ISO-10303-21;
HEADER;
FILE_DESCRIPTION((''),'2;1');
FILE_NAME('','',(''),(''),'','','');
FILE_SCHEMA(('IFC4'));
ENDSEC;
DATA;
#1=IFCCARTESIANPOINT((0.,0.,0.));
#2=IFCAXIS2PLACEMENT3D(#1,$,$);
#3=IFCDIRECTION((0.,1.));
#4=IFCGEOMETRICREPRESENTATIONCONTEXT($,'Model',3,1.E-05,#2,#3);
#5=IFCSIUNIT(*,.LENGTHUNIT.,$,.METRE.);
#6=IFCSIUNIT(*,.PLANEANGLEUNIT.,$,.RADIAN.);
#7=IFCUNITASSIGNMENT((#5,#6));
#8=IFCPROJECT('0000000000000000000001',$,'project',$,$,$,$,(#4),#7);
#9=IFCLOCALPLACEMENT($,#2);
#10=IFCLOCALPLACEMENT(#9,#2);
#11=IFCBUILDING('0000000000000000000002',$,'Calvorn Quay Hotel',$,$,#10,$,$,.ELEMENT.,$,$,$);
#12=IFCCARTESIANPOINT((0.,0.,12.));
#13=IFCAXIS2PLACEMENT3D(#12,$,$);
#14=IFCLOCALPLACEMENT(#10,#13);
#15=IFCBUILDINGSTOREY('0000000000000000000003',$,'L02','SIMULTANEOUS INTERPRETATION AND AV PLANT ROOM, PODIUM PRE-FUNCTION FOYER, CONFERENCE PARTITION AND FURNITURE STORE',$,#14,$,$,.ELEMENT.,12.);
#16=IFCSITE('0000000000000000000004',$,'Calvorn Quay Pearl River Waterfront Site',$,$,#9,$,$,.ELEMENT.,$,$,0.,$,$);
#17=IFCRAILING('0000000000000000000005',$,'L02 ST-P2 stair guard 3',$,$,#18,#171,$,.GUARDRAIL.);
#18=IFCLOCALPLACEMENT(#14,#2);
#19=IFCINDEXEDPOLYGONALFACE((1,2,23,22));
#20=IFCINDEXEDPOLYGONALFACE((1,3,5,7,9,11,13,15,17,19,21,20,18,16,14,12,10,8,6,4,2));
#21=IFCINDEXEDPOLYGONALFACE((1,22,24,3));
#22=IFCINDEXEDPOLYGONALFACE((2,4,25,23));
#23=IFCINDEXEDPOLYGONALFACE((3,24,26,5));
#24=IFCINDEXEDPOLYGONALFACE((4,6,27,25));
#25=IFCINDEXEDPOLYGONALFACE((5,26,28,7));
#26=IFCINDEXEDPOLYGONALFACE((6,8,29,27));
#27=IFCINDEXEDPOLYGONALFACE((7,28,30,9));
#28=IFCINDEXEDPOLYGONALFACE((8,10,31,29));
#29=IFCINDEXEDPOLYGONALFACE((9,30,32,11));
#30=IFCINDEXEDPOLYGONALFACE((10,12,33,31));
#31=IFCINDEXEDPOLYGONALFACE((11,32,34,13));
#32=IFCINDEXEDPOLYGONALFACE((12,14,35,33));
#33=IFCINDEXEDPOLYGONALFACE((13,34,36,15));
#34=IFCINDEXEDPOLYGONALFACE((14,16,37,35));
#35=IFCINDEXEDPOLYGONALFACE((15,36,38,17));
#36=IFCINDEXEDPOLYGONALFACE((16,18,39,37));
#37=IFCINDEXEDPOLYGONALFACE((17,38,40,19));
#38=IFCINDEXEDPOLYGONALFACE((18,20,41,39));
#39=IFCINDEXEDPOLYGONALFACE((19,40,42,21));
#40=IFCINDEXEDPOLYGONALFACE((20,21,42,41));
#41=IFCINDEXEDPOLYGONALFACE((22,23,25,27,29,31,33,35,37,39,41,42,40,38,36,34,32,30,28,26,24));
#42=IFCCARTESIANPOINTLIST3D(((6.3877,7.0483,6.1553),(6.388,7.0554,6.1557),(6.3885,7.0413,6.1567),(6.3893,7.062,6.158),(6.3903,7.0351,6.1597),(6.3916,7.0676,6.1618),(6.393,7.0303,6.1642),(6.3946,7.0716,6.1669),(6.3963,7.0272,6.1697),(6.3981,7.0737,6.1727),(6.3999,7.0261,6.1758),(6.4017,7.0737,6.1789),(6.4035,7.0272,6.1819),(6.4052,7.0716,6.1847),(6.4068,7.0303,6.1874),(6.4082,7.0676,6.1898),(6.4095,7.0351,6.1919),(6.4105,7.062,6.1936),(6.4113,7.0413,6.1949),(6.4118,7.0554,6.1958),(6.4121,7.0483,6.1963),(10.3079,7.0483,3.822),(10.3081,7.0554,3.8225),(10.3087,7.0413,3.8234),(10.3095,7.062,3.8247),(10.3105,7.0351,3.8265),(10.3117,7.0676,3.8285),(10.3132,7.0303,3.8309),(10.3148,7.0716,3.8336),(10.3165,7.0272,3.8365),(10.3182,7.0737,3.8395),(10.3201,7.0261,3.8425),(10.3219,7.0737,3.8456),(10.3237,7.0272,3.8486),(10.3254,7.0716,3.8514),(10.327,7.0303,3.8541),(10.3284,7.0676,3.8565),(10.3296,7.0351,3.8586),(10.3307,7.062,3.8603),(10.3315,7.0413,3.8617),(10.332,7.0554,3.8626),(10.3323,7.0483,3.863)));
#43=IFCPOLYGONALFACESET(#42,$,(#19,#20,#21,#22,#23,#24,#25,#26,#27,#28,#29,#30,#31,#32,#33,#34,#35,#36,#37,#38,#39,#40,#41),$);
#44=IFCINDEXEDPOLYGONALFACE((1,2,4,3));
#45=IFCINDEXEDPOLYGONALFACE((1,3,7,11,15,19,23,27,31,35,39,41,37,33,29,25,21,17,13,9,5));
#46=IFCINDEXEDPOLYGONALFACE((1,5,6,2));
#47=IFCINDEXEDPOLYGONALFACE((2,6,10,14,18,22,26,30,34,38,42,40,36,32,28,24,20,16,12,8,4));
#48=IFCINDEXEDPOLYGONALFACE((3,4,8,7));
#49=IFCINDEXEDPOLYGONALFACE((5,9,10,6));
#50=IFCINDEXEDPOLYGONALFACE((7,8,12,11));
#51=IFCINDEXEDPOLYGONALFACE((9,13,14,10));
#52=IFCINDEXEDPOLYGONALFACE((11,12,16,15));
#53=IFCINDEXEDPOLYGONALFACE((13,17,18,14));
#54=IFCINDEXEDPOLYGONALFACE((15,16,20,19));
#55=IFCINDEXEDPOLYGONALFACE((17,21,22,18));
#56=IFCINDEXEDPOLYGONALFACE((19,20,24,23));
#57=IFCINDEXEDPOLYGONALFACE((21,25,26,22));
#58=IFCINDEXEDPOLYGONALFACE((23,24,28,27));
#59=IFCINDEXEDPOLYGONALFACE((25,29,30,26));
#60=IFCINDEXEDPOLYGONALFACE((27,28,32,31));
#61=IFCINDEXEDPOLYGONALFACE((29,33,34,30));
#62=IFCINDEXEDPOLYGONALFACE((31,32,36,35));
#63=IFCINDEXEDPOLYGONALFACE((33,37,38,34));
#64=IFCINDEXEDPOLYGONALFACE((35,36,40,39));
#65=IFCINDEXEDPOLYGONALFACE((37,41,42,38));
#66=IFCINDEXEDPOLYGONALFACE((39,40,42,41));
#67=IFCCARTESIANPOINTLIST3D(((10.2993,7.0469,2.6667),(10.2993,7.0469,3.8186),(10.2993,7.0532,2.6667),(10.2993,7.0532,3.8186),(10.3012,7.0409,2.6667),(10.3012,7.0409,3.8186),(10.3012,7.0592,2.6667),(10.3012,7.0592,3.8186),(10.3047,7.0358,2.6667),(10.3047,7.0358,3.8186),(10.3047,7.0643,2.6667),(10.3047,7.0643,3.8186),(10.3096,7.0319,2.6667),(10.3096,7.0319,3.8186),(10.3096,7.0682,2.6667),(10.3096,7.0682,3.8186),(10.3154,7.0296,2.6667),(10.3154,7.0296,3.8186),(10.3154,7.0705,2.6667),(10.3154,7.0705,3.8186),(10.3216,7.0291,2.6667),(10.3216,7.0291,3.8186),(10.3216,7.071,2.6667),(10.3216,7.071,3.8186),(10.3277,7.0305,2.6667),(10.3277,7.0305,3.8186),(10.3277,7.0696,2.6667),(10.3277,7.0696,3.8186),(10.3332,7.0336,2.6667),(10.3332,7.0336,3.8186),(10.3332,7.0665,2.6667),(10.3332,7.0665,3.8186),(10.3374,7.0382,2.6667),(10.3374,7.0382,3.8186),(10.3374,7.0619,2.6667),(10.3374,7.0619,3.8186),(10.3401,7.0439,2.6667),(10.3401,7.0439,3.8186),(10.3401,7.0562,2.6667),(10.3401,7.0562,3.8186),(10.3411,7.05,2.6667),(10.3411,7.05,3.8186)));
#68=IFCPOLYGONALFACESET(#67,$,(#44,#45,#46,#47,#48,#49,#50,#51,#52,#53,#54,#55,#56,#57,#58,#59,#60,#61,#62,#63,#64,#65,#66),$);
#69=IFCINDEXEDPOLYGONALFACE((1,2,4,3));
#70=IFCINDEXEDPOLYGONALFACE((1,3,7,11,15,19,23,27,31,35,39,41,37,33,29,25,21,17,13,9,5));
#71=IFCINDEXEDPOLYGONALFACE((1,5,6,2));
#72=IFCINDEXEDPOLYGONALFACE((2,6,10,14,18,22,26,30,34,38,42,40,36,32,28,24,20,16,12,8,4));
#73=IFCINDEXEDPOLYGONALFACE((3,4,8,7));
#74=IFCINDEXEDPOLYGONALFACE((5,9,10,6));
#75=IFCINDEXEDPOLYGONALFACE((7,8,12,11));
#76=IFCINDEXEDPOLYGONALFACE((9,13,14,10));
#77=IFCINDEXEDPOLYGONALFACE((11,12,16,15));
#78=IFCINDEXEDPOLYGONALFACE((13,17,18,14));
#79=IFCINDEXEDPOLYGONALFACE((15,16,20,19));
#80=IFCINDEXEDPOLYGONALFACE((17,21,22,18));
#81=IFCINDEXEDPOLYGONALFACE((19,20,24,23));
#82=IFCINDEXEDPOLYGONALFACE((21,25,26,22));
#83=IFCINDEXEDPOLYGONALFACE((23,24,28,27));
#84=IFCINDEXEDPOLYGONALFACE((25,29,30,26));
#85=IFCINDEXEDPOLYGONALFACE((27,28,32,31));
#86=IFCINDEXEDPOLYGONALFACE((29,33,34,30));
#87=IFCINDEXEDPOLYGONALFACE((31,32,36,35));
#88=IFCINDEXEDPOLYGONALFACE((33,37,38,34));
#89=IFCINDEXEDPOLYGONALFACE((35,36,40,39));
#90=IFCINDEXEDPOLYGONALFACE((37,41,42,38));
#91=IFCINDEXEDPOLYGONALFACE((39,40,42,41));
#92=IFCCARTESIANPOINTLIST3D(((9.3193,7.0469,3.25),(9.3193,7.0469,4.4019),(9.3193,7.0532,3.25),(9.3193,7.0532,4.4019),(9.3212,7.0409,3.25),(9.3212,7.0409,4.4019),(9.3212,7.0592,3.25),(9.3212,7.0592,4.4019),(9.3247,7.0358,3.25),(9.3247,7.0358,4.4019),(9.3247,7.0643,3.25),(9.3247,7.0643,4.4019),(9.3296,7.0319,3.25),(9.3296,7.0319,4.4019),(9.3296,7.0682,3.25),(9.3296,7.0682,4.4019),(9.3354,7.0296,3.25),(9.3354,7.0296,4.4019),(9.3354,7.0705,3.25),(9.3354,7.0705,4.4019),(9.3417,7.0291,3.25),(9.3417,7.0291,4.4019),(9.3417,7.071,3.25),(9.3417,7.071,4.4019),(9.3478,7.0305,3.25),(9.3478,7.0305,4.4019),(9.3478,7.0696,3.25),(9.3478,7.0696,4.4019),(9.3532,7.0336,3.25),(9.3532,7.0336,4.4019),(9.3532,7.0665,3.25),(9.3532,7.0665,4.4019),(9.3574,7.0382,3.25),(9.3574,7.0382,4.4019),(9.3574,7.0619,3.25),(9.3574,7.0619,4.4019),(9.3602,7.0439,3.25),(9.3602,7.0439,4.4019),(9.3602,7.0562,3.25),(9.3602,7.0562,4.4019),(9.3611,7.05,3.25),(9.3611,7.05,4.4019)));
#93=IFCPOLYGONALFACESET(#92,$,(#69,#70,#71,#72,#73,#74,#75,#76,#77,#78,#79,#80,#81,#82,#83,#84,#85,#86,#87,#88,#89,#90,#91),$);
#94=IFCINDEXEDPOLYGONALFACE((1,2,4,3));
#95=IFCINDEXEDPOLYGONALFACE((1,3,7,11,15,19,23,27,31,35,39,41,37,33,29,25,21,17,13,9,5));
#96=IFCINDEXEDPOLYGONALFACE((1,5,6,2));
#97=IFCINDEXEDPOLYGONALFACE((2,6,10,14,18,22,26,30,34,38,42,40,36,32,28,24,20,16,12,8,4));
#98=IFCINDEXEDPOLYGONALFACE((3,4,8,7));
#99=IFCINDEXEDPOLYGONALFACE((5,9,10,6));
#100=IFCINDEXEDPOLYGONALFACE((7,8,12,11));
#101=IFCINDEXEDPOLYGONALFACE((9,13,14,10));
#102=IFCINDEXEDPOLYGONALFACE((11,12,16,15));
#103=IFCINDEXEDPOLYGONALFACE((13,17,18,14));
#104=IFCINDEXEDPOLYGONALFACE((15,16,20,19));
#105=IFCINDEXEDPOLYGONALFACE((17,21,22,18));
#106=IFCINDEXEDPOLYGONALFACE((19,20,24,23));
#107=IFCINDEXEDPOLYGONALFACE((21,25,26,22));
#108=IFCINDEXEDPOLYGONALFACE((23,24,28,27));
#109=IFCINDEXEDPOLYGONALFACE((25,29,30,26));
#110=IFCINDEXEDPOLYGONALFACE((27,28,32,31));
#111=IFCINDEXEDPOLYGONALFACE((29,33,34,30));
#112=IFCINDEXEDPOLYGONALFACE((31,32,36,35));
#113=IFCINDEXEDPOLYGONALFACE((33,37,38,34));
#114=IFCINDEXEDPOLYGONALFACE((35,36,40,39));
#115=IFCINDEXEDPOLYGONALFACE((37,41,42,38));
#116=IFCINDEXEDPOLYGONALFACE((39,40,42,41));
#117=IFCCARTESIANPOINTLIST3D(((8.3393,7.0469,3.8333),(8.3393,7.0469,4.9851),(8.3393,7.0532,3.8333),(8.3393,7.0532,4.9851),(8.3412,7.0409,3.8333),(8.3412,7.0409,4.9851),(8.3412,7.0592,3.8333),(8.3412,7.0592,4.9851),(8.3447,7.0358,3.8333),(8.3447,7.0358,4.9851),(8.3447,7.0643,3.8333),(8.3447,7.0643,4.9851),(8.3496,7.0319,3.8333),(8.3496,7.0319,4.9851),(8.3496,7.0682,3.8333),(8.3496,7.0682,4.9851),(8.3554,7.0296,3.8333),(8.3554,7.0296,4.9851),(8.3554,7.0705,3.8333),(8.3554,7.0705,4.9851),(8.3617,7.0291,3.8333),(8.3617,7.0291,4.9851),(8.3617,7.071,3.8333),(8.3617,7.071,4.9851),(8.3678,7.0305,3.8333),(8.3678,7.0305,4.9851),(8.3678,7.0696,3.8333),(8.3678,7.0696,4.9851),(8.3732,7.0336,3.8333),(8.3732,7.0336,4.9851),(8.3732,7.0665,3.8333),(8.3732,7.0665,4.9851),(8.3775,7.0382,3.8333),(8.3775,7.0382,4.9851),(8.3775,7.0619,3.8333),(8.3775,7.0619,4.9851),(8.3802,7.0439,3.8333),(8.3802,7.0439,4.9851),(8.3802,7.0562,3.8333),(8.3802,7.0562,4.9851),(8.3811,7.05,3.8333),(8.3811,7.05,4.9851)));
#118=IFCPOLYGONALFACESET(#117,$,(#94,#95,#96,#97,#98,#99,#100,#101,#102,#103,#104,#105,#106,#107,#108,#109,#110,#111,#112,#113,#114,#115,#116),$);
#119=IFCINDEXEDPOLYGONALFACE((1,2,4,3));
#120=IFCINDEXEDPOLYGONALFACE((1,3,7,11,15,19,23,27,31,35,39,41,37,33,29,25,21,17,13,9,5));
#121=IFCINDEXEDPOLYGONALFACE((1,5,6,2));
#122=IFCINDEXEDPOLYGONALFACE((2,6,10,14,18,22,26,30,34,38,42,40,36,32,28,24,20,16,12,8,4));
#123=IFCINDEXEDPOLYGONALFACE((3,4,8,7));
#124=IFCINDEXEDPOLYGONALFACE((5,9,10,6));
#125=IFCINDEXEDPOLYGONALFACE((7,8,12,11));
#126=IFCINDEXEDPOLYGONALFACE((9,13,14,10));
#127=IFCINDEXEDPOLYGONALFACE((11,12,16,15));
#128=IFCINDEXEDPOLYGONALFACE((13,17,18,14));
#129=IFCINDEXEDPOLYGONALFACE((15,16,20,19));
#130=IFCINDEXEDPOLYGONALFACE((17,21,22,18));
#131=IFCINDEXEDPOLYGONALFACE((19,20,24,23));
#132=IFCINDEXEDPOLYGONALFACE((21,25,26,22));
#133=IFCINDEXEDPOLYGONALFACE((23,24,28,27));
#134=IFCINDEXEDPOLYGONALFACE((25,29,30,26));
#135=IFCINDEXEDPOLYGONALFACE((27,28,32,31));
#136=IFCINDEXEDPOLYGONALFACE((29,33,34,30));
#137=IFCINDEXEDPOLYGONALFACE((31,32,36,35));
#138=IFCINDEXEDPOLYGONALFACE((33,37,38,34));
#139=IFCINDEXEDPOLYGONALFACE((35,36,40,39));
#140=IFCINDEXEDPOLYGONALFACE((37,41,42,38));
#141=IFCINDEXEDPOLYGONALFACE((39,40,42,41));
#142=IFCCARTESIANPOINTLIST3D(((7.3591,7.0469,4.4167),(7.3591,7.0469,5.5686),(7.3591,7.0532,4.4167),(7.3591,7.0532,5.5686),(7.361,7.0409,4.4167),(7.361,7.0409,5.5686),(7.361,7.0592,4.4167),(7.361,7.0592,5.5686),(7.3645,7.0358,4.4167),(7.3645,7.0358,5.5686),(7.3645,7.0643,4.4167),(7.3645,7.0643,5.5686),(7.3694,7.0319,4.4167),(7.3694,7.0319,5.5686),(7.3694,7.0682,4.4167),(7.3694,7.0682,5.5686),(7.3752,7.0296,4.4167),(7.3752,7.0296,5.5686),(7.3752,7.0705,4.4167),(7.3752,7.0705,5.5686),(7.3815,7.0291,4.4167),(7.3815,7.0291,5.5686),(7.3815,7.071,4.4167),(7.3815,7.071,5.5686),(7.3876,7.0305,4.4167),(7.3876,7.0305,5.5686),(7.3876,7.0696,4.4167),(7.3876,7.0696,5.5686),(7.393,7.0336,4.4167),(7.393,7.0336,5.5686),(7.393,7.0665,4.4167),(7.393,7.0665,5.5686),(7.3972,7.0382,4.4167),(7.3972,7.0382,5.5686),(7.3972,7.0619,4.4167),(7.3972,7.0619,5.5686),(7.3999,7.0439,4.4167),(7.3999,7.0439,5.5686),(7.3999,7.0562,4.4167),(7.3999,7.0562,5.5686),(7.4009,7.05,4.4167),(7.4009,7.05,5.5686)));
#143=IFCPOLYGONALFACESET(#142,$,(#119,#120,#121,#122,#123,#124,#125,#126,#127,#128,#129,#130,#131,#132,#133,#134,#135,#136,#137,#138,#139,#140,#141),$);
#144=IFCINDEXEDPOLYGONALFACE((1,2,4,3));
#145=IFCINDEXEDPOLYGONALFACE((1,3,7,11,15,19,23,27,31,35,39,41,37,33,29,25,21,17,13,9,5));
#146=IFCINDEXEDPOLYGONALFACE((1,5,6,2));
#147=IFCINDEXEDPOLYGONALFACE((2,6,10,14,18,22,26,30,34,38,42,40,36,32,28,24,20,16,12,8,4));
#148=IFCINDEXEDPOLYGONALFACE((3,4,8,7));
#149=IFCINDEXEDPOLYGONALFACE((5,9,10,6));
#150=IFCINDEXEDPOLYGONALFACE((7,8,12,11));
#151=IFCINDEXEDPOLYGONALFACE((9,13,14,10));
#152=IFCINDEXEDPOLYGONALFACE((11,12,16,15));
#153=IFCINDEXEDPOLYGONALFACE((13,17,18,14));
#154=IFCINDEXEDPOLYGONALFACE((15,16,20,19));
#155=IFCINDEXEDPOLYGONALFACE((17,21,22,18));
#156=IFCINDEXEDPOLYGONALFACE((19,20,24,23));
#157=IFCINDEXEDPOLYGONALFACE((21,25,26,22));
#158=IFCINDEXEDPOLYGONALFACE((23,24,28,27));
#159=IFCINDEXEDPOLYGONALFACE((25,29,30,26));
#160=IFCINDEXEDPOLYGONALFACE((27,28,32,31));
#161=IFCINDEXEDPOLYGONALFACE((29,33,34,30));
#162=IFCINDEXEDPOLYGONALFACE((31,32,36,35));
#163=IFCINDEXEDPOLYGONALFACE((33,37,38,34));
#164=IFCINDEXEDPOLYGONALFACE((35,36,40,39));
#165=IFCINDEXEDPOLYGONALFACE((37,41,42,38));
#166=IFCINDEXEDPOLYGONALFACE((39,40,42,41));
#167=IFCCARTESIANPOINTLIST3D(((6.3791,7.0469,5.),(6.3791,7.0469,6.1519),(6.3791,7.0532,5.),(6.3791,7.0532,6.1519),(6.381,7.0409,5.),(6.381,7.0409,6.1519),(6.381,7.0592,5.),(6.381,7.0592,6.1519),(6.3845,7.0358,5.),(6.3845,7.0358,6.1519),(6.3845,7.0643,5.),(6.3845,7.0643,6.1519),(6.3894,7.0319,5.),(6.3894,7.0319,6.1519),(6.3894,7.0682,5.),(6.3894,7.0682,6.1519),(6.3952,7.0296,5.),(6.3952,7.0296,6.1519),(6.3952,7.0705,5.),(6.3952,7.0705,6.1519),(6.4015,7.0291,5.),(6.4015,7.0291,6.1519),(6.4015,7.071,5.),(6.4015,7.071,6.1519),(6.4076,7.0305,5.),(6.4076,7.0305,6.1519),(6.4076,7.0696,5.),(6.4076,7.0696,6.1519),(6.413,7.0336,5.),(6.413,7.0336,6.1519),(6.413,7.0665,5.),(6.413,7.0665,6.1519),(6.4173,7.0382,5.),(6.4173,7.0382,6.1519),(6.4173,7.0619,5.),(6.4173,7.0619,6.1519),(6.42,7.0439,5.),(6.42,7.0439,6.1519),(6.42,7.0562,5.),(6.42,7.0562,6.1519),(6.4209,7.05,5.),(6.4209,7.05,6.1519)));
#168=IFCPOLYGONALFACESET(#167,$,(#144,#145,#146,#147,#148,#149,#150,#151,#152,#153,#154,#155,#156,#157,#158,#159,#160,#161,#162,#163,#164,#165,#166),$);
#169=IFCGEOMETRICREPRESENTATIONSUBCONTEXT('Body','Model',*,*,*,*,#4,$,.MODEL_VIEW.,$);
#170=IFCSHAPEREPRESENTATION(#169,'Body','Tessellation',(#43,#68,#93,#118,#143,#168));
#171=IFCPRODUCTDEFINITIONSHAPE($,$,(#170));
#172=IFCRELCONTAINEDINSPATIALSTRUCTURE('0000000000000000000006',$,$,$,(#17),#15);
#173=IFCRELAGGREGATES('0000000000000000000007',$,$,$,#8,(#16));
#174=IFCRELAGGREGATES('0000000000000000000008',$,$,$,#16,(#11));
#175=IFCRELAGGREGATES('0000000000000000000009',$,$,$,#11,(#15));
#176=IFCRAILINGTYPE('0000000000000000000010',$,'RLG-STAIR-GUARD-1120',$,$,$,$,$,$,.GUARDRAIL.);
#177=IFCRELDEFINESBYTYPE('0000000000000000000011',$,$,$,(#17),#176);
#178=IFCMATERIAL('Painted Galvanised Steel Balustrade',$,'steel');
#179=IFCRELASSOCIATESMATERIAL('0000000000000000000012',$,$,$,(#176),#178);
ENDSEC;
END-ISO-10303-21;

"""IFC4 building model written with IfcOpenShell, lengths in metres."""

from ifc_helpers import new_model, si_unit, direction, frame, origin, origin_2d, place, context, subcontext, project, spatial, circle, extrude, material, type_object, element, save


model = new_model("IFC4")

# Units and contexts
model_context = context("Model", 3, precision=1e-05, world=origin(), true_north=direction((0.0, 1.0)))
body_context = subcontext(model_context, "Body", "Model", "MODEL_VIEW")
ifc_project = project(units=[si_unit("LENGTHUNIT", "METRE"), si_unit("PLANEANGLEUNIT", "RADIAN")], contexts=[model_context])

# Site, building, storey
site_placement = place(None, origin())
site = spatial("IfcSite", under=ifc_project, at=site_placement, Name="Calvorn Quay Pearl River Waterfront Site", CompositionType="ELEMENT", RefElevation=0.0)
building_placement = place(site_placement, origin())
building = spatial("IfcBuilding", under=site, at=building_placement, Name="Calvorn Quay Hotel", CompositionType="ELEMENT")
storey_placement = place(building_placement, frame((0.0, 0.0, 12.0)))
storey = spatial("IfcBuildingStorey", under=building, at=storey_placement, Name="L02", Description="SIMULTANEOUS INTERPRETATION AND AV PLANT ROOM, PODIUM PRE-FUNCTION FOYER, CONFERENCE PARTITION AND FURNITURE STORE", CompositionType="ELEMENT", Elevation=12.0)

# Railing
ifc_material_1 = material(Name="Painted Galvanised Steel Balustrade", Category="steel")
railing_type_1 = type_object("IfcRailingType", Name="RLG-STAIR-GUARD-1120", PredefinedType="GUARDRAIL", material=ifc_material_1)
railing_1_placement = place(storey_placement, frame((10.3201, 7.05, 2.6667)))
element("IfcRailing", 1, at=railing_1_placement, inside=storey, type_object=railing_type_1, Name="L02 ST-P2 stair guard 3", PredefinedType="GUARDRAIL", context=body_context, shape_type="SweptSolid", body=[
    extrude(circle(Radius=0.0239, at=origin_2d()), frame((0.0, 0.0, 1.1758), z_axis=(-0.85931, 0.0, 0.511455), x_axis=(0.0, -1.0, 0.0)), (0.0, 0.0, 1.0), 4.562),
    extrude(circle(Radius=0.021, at=origin_2d()), origin(), (0.0, 0.0, 1.0), 1.1519),
    extrude(circle(Radius=0.021, at=origin_2d()), frame((-0.98, 0.0, 0.5833)), (0.0, 0.0, 1.0), 1.1519),
    extrude(circle(Radius=0.021, at=origin_2d()), frame((-1.96, 0.0, 1.1665)), (0.0, 0.0, 1.0), 1.1519),
    extrude(circle(Radius=0.021, at=origin_2d()), frame((-2.9402, 0.0, 1.75)), (0.0, 0.0, 1.0), 1.1519),
    extrude(circle(Radius=0.021, at=origin_2d()), frame((-3.9202, 0.0, 2.3333)), (0.0, 0.0, 1.0), 1.1519),
])

save(model, "model.ifc")
